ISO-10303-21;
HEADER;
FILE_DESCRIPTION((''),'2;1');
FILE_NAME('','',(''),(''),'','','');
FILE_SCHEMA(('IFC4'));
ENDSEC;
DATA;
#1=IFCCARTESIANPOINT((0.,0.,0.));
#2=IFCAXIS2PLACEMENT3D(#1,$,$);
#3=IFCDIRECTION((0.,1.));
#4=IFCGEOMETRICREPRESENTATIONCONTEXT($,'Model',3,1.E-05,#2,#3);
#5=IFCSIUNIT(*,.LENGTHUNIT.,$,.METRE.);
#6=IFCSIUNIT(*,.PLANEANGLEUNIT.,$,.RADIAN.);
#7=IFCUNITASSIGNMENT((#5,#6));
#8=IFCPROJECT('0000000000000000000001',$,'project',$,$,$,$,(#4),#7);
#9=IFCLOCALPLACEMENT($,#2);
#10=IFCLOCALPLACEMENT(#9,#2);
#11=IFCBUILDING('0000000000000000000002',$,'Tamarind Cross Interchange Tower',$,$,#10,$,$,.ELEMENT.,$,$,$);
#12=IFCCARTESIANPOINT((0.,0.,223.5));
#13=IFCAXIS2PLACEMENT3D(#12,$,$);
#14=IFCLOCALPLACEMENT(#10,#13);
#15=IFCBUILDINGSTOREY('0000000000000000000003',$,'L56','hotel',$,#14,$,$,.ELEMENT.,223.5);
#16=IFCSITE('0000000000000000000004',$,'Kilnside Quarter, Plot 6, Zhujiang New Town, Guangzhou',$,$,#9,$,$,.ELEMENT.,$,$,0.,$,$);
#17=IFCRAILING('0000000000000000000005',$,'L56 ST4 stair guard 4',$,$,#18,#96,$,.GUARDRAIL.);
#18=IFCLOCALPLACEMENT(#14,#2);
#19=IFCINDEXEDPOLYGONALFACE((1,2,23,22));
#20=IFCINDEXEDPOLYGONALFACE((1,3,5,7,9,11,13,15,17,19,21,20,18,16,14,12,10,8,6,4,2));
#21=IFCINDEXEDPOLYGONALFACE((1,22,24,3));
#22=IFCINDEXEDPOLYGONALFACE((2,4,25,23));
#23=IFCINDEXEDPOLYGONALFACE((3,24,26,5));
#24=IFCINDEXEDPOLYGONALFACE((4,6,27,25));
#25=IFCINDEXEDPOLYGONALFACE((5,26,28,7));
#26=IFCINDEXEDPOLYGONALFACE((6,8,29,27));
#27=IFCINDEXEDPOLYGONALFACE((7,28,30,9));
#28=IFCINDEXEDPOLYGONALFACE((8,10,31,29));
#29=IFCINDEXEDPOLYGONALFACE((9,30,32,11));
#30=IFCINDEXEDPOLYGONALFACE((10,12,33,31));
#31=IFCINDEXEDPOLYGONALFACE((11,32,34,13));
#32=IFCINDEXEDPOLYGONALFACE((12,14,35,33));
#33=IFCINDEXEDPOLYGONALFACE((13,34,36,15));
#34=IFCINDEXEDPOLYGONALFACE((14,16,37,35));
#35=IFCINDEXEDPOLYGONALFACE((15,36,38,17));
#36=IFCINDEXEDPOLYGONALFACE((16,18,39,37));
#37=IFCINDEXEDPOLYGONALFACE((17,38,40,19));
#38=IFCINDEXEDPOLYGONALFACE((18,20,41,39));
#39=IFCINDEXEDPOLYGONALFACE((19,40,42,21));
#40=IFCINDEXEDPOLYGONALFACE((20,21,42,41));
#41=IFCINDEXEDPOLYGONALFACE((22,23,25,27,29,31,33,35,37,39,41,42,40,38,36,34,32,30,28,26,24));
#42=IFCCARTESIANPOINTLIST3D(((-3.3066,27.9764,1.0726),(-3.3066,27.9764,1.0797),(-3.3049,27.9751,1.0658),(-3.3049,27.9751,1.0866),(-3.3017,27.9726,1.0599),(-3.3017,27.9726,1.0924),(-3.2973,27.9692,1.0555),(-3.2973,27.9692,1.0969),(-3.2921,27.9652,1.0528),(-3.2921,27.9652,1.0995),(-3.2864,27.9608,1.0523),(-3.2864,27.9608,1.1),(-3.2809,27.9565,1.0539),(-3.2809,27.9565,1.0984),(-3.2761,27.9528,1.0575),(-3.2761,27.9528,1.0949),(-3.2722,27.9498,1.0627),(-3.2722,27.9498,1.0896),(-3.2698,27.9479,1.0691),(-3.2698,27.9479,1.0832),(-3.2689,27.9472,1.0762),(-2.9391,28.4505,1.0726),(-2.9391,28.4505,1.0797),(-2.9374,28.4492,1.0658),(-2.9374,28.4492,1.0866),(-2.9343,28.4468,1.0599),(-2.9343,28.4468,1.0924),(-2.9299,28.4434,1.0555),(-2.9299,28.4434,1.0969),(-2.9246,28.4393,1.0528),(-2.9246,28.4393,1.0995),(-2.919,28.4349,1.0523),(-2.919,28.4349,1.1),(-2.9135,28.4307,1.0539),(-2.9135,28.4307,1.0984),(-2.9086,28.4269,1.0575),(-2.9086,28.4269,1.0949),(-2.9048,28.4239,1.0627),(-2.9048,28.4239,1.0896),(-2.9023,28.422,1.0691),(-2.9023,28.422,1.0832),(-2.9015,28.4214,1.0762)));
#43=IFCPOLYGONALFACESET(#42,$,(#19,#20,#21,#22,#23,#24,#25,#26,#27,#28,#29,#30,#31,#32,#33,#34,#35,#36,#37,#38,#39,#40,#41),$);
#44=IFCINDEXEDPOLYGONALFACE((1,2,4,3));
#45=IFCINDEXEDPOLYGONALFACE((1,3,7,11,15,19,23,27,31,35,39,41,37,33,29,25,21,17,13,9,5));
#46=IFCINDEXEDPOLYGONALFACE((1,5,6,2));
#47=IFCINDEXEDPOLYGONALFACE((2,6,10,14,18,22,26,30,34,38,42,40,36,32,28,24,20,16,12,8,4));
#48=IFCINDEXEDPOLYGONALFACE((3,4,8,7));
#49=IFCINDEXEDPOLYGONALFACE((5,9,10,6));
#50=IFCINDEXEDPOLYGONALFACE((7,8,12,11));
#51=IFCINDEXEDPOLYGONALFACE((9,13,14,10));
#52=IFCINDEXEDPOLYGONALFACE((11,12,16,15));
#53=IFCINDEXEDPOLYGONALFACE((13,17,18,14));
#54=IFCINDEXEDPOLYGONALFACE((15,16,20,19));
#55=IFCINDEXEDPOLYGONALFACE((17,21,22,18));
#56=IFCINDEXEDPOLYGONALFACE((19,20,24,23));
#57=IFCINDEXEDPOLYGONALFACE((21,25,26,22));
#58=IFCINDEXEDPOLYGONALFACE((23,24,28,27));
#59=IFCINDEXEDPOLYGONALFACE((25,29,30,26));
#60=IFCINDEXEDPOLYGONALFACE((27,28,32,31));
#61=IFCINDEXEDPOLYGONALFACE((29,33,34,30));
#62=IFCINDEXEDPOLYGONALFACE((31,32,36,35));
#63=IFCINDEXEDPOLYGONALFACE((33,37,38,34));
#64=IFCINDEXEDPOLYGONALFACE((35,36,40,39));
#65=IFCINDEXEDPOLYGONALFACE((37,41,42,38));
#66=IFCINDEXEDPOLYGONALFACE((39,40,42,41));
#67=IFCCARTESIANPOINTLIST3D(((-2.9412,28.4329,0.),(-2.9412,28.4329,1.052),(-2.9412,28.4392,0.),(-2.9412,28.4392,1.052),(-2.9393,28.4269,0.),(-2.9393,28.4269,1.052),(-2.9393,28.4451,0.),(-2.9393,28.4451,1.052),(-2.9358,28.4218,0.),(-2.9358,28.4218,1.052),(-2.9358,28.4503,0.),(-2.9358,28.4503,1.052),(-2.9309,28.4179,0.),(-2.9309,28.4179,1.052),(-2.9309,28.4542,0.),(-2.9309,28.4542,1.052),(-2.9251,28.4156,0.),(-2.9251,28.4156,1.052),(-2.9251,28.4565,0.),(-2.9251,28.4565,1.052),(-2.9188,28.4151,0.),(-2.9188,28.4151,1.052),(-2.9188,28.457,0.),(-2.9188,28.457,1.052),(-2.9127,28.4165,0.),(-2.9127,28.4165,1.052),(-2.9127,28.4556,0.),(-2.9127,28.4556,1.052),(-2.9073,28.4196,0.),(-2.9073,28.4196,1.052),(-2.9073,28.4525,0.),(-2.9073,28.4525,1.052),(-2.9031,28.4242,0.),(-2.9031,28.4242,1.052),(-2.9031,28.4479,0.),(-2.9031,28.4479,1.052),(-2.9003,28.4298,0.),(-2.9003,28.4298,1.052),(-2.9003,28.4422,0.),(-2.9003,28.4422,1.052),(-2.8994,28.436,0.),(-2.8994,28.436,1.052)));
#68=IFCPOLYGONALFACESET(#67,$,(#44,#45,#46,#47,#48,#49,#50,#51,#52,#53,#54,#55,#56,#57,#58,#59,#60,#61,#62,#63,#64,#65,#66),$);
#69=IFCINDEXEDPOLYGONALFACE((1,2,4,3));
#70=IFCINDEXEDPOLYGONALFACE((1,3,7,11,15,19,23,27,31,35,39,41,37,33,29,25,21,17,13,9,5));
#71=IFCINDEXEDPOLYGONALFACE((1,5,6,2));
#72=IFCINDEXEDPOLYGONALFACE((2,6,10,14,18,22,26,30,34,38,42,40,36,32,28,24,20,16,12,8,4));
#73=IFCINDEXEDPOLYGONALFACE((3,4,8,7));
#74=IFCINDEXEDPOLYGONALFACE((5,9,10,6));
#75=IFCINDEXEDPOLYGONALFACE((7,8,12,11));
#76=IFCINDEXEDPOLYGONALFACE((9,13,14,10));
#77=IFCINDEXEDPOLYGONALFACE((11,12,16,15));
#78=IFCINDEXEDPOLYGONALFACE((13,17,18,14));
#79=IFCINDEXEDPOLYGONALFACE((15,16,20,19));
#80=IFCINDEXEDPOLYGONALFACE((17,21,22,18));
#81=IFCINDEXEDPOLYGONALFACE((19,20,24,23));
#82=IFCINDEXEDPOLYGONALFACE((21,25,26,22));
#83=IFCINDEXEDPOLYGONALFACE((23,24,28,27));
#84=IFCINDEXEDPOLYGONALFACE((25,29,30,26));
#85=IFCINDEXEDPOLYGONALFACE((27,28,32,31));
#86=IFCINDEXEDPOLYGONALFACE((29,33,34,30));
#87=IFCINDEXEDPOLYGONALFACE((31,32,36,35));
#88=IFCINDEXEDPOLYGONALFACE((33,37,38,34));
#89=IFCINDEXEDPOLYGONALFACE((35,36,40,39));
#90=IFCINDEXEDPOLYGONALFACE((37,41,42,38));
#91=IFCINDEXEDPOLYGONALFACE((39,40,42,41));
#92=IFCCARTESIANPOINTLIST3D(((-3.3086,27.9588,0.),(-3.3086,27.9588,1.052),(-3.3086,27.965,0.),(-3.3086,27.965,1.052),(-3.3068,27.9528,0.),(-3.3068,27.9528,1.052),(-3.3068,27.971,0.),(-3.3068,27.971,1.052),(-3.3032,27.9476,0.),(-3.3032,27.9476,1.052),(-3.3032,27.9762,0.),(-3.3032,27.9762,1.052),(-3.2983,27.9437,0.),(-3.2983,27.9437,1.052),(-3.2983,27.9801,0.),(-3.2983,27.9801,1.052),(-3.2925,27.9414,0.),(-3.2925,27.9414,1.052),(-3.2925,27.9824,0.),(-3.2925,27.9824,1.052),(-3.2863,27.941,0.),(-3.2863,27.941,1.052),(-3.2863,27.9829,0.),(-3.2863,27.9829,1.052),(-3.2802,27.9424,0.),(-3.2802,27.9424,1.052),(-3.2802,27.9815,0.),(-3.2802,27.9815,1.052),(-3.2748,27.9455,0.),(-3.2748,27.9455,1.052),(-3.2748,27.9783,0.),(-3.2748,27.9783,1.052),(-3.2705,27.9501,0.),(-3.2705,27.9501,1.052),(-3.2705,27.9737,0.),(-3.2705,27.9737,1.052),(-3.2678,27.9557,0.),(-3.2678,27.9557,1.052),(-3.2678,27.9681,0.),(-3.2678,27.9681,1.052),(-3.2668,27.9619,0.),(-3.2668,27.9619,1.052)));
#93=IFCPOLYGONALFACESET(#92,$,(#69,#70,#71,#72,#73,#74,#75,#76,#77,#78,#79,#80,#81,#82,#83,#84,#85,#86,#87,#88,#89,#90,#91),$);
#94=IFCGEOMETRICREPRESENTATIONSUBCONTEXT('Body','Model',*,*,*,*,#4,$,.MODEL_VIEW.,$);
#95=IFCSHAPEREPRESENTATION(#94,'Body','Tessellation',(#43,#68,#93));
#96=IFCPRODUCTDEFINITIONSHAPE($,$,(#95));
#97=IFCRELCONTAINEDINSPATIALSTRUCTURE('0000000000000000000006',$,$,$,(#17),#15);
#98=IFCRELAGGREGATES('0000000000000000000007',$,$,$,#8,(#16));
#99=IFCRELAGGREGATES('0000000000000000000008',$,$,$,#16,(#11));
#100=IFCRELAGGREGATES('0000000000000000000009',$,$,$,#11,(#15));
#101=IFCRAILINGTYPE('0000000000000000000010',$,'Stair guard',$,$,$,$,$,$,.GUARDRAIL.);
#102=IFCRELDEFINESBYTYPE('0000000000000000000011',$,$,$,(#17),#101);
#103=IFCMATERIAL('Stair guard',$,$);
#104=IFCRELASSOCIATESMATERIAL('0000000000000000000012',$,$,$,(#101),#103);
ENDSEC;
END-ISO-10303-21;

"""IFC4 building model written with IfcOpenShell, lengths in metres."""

from ifc_helpers import new_model, si_unit, direction, frame, origin, origin_2d, place, context, subcontext, project, spatial, circle, extrude, material, type_object, element, save


model = new_model("IFC4")

# Units and contexts
model_context = context("Model", 3, precision=1e-05, world=origin(), true_north=direction((0.0, 1.0)))
body_context = subcontext(model_context, "Body", "Model", "MODEL_VIEW")
ifc_project = project(units=[si_unit("LENGTHUNIT", "METRE"), si_unit("PLANEANGLEUNIT", "RADIAN")], contexts=[model_context])

# Site, building, storey
site_placement = place(None, origin())
site = spatial("IfcSite", under=ifc_project, at=site_placement, Name="Kilnside Quarter, Plot 6, Zhujiang New Town, Guangzhou", CompositionType="ELEMENT", RefElevation=0.0)
building_placement = place(site_placement, origin())
building = spatial("IfcBuilding", under=site, at=building_placement, Name="Tamarind Cross Interchange Tower", CompositionType="ELEMENT")
storey_placement = place(building_placement, frame((0.0, 0.0, 223.5)))
storey = spatial("IfcBuildingStorey", under=building, at=storey_placement, Name="L56", Description="hotel", CompositionType="ELEMENT", Elevation=223.5)

# Railing
ifc_material_1 = material(Name="Stair guard")
railing_type_1 = type_object("IfcRailingType", Name="Stair guard", PredefinedType="GUARDRAIL", material=ifc_material_1)
railing_1_placement = place(storey_placement, frame((-2.9204, 28.436, 0.0)))
element("IfcRailing", 1, at=railing_1_placement, inside=storey, type_object=railing_type_1, Name="L56 ST4 stair guard 4", PredefinedType="GUARDRAIL", context=body_context, shape_type="SweptSolid", body=[
    extrude(circle(Radius=0.0239, at=origin_2d()), frame((0.0, 0.0, 1.0762), z_axis=(-0.612559, -0.790425, 0.0), x_axis=(0.790425, -0.612559, 0.0)), (0.0, 0.0, 1.0), 0.5999),
    extrude(circle(Radius=0.021, at=origin_2d()), origin(), (0.0, 0.0, 1.0), 1.052),
    extrude(circle(Radius=0.021, at=origin_2d()), frame((-0.3674, -0.4741, 0.0)), (0.0, 0.0, 1.0), 1.052),
])

save(model, "model.ifc")
